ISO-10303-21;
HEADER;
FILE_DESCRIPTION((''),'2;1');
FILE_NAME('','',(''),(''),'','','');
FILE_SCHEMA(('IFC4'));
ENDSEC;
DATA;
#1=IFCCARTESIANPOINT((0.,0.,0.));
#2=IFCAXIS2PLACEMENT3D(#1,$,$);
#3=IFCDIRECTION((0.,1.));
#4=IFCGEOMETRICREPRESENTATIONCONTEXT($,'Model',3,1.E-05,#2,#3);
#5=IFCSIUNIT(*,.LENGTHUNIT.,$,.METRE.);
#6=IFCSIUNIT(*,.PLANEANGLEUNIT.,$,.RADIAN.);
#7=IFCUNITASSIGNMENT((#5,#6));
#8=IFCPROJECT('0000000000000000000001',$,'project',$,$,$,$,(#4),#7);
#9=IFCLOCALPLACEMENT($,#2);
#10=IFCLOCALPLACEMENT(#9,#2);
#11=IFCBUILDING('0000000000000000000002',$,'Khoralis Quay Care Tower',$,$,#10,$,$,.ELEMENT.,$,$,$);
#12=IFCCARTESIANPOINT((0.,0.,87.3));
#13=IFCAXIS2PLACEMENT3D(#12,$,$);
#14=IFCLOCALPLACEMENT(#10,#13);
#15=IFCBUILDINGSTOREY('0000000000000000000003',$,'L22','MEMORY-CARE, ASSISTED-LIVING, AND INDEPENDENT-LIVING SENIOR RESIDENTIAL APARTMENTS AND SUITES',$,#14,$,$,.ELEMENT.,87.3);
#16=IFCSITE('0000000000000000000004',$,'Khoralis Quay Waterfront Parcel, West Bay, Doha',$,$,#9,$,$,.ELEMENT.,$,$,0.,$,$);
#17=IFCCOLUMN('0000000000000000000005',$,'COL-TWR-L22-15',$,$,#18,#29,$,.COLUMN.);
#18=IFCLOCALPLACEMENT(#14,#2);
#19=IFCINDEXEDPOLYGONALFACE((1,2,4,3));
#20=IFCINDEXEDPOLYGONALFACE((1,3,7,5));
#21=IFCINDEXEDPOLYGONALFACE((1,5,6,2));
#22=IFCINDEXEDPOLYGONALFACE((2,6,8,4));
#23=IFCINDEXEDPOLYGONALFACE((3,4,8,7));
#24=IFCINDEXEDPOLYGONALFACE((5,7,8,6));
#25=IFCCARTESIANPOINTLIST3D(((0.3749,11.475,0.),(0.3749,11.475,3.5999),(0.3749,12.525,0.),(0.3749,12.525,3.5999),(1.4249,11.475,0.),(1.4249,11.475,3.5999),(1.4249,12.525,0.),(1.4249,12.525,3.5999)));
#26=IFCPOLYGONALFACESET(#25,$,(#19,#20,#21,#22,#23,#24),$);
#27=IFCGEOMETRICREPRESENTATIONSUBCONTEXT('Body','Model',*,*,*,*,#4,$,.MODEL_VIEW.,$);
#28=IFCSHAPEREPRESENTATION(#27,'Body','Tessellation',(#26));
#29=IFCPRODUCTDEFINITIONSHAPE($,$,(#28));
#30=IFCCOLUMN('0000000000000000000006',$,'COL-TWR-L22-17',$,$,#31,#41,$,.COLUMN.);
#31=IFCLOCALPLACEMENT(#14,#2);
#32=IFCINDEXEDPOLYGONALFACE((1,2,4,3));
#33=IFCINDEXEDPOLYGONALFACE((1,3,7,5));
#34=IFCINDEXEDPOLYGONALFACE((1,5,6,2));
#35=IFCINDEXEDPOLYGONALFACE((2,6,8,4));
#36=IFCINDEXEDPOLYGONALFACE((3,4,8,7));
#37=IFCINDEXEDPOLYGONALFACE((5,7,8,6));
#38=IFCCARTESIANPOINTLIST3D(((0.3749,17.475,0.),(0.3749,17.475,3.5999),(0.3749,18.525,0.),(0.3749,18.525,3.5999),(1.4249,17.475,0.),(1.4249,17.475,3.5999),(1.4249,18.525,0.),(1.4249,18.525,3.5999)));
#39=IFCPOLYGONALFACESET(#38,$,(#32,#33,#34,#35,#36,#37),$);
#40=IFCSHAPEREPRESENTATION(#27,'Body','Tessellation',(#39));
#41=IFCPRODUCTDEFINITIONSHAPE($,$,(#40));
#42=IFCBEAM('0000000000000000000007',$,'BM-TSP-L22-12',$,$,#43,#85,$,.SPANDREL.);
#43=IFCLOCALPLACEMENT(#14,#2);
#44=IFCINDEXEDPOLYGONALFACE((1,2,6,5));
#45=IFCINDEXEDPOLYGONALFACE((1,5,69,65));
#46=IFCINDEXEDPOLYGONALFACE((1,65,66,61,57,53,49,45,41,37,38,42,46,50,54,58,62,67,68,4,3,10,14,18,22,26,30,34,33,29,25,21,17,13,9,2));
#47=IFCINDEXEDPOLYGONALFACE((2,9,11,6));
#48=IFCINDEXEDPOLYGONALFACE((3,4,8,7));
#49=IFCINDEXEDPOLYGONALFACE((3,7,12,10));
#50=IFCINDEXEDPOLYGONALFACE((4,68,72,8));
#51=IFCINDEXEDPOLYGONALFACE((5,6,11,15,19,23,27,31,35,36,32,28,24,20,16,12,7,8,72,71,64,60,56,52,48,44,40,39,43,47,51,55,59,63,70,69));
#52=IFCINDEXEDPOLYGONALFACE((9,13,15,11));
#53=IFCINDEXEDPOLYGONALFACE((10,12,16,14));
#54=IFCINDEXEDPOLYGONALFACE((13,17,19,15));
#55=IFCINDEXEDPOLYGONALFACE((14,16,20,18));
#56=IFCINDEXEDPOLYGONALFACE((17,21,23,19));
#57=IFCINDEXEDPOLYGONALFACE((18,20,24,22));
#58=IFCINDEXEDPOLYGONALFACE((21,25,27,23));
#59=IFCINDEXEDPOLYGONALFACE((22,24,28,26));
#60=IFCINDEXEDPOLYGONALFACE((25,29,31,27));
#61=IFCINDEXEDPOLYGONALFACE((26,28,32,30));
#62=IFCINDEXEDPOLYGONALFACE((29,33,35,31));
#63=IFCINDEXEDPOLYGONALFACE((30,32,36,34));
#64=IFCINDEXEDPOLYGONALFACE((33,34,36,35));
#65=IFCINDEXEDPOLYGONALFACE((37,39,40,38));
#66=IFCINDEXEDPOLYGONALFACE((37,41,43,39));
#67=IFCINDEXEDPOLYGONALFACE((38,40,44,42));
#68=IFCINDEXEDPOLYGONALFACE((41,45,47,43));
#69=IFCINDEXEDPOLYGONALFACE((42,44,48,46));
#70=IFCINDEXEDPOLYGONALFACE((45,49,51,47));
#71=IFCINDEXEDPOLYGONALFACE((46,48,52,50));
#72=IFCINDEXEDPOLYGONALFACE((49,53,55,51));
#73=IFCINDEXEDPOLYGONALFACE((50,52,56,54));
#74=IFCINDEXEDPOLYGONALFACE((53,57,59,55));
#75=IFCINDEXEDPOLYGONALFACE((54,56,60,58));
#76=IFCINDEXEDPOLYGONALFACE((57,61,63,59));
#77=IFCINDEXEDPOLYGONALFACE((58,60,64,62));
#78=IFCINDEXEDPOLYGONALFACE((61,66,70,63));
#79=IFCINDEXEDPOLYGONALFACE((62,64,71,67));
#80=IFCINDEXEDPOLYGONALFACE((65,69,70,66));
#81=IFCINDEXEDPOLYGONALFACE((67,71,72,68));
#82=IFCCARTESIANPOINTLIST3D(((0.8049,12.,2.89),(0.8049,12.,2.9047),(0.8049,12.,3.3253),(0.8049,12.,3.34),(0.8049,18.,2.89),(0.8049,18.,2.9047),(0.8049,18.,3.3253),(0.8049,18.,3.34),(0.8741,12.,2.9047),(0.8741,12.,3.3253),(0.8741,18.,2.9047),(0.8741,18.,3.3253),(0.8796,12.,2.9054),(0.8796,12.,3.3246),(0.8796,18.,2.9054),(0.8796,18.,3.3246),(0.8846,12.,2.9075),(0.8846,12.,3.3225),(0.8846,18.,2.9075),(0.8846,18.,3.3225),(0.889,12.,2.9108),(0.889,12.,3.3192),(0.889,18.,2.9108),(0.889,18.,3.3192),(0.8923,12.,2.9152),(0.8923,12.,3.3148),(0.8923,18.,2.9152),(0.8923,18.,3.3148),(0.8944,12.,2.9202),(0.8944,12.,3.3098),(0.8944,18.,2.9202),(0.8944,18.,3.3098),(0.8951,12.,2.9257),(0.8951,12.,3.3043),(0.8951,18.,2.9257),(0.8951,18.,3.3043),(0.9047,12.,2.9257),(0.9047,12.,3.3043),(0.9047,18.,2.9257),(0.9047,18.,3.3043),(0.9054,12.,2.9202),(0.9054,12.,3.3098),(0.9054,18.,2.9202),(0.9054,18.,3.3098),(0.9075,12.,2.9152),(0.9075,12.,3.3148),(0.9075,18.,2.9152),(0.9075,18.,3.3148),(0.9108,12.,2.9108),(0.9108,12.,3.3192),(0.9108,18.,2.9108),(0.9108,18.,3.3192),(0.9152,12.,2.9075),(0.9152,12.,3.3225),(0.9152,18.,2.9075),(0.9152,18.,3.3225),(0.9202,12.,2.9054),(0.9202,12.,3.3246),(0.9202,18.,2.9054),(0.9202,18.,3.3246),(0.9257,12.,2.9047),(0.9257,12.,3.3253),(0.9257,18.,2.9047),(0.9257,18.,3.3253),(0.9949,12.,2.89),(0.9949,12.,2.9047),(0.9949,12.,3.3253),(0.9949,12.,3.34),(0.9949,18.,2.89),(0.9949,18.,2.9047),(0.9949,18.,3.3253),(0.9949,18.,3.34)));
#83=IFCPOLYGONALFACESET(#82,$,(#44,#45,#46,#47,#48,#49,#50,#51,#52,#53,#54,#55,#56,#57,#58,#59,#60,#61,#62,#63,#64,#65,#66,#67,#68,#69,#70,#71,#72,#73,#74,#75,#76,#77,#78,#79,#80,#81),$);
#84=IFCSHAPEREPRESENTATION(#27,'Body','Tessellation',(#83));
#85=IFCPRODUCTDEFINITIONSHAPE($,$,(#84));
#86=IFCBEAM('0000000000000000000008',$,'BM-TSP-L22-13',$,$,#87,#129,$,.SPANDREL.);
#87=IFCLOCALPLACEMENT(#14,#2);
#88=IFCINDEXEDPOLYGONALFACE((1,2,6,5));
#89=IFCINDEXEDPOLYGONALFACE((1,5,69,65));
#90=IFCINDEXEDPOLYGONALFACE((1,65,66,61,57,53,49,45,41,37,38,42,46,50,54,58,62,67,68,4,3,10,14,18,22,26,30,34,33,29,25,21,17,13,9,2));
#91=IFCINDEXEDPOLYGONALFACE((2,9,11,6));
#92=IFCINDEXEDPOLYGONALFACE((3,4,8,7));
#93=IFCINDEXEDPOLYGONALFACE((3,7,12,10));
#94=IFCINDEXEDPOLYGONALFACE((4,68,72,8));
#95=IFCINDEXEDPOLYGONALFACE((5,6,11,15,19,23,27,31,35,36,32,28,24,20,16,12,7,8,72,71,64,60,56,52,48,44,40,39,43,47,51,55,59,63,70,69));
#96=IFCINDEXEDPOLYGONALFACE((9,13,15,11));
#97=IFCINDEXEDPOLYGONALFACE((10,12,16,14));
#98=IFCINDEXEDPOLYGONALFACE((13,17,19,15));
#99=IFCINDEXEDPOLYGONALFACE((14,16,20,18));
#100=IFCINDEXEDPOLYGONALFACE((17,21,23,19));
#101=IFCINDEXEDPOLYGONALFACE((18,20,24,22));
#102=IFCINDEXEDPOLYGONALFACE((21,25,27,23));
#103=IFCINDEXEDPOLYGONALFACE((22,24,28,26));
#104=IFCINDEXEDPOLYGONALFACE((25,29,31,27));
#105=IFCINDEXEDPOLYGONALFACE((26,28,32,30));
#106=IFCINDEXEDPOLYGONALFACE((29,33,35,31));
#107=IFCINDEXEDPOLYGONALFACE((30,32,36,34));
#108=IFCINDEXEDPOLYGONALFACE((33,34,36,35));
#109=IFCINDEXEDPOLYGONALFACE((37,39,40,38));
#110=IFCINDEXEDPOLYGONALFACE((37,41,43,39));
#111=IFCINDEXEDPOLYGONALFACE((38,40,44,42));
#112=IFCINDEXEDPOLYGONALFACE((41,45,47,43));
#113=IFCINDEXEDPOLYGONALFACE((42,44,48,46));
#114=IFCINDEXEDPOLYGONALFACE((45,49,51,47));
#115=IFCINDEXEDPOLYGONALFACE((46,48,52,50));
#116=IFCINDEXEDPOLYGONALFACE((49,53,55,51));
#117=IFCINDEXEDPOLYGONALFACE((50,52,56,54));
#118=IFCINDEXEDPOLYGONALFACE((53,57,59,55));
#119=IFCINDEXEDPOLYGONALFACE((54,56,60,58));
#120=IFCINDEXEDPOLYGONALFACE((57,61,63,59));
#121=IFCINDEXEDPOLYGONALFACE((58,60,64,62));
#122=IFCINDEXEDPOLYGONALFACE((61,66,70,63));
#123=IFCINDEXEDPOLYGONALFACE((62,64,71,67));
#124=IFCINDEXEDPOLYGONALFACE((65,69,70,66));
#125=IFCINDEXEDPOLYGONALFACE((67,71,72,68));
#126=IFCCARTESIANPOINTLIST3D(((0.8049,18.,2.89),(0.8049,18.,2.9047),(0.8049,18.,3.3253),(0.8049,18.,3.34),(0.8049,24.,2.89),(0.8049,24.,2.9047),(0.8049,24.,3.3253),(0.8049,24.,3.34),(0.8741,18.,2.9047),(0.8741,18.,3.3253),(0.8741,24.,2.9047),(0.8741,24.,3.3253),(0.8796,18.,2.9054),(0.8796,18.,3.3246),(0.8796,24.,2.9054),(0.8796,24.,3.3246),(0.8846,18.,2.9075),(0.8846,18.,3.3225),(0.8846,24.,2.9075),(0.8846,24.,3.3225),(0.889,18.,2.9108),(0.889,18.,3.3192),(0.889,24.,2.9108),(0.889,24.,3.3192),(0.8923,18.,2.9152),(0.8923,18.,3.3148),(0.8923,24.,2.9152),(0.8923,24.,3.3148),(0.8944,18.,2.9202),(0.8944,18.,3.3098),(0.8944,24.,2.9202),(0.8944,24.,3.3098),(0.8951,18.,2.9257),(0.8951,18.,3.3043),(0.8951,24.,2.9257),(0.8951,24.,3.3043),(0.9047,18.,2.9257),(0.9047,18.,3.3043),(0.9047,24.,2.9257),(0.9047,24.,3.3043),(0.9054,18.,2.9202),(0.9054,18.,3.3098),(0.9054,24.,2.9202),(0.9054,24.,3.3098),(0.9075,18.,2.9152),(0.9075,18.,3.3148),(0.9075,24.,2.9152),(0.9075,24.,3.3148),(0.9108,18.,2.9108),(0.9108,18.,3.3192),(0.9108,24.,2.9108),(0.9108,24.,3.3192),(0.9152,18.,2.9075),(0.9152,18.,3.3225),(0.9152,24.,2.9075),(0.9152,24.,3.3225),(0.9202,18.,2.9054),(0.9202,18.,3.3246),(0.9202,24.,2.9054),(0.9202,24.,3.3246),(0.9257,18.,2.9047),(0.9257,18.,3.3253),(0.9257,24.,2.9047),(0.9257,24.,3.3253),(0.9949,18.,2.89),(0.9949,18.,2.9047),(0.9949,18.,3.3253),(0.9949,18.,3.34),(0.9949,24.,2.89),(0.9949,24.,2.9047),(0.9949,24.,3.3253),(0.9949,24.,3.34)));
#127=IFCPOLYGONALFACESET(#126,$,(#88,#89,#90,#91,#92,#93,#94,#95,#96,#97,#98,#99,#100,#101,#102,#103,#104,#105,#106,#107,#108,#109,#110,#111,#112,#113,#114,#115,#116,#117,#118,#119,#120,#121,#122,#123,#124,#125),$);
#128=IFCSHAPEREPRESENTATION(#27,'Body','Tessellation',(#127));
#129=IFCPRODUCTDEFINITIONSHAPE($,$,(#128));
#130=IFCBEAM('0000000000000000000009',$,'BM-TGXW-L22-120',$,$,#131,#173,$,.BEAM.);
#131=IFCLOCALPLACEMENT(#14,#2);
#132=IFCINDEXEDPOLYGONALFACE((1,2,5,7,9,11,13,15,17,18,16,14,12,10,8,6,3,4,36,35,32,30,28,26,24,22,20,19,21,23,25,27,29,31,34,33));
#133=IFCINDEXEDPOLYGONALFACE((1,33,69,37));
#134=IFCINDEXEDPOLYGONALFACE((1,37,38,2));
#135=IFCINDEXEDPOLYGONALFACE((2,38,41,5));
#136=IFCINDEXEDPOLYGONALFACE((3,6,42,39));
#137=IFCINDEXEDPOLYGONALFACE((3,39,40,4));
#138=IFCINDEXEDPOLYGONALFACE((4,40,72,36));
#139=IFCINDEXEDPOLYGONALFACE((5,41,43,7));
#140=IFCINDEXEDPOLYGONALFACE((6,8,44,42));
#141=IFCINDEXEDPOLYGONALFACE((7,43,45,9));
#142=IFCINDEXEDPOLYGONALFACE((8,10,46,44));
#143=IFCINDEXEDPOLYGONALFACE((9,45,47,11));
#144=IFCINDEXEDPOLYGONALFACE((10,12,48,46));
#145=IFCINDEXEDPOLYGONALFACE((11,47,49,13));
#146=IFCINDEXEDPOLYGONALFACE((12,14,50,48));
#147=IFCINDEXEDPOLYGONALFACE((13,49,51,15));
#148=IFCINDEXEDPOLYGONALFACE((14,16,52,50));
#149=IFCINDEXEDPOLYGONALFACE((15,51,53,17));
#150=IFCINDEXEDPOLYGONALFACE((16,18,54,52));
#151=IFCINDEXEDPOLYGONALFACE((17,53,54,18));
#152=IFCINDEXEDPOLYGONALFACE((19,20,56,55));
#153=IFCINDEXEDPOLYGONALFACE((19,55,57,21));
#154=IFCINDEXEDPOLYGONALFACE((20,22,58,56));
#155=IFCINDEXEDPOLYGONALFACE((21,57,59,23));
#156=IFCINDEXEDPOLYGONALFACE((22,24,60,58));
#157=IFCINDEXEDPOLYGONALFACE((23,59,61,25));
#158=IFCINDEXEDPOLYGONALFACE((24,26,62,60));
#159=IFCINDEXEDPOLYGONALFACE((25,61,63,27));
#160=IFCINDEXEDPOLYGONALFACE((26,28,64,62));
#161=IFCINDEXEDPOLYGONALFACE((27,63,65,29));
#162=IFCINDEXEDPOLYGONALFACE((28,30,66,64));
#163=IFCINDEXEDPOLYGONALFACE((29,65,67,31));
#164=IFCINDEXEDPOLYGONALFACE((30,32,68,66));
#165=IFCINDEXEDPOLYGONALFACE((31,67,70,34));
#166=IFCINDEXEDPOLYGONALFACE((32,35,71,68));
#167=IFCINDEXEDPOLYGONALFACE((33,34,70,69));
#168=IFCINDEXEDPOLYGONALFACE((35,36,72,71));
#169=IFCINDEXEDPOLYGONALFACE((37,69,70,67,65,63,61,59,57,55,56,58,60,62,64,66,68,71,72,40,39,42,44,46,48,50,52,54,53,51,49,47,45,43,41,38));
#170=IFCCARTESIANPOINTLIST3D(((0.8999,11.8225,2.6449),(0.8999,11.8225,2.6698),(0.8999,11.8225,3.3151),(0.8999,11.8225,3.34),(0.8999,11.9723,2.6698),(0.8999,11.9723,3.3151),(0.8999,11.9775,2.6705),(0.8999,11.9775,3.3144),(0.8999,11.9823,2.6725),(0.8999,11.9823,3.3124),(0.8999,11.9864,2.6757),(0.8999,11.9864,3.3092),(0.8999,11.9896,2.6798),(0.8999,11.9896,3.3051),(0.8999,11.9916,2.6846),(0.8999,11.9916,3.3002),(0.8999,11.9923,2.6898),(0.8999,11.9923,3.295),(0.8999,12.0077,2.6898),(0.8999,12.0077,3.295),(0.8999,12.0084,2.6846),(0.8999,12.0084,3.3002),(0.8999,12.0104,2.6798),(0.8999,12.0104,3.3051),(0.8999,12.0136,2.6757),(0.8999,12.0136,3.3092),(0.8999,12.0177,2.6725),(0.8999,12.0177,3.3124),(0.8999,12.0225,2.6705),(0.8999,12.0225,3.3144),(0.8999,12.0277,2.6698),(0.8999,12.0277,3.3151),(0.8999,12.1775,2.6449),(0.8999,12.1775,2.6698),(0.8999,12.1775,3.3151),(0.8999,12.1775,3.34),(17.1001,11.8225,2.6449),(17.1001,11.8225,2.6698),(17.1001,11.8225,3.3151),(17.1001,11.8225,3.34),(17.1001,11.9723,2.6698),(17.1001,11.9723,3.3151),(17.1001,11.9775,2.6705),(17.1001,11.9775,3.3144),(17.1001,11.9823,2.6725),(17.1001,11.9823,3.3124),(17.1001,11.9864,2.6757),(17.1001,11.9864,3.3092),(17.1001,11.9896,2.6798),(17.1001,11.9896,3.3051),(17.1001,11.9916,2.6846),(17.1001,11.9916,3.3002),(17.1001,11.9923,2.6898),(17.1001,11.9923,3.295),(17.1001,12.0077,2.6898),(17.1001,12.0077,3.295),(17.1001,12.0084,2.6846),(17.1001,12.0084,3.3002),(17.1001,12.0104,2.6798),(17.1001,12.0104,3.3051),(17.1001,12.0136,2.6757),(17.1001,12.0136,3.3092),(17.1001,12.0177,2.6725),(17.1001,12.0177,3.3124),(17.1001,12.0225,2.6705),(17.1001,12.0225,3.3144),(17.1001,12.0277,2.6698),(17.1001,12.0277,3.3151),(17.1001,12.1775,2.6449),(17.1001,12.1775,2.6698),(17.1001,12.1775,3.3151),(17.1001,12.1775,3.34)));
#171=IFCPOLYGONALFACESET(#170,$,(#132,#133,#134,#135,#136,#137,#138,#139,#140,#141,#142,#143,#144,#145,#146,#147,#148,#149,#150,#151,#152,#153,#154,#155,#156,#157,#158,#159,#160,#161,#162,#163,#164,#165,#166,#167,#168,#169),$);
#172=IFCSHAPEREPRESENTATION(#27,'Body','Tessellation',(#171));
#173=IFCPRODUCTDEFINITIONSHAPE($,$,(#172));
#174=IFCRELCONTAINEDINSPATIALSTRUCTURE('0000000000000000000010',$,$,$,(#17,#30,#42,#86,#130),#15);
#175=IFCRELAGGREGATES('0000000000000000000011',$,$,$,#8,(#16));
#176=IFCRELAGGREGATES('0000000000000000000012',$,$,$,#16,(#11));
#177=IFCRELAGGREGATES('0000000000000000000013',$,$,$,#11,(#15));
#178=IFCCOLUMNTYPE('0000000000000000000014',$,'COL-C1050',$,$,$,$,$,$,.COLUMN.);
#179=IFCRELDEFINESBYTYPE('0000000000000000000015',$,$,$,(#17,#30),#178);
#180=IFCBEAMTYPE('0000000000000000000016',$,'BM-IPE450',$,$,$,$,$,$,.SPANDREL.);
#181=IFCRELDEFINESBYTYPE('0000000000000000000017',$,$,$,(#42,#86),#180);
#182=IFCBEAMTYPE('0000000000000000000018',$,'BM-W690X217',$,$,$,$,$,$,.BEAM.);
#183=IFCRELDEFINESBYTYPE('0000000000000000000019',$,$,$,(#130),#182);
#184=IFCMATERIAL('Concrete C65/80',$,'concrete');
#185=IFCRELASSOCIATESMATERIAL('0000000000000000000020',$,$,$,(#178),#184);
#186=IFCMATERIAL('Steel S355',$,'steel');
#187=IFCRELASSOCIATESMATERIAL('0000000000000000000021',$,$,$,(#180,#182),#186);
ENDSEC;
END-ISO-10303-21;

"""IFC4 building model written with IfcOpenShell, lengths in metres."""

from ifc_helpers import new_model, si_unit, direction, frame, origin, origin_2d, place, context, subcontext, project, spatial, rectangle, i_section, extrude, source, transform, mapped, material, material_profile, profile_set, type_object, element, save


model = new_model("IFC4")

# Units and contexts
model_context = context("Model", 3, precision=1e-05, world=origin(), true_north=direction((0.0, 1.0)))
body_context = subcontext(model_context, "Body", "Model", "MODEL_VIEW")
ifc_project = project(units=[si_unit("LENGTHUNIT", "METRE"), si_unit("PLANEANGLEUNIT", "RADIAN")], contexts=[model_context])

# Site, building, storey
site_placement = place(None, origin())
site = spatial("IfcSite", under=ifc_project, at=site_placement, Name="Khoralis Quay Waterfront Parcel, West Bay, Doha", CompositionType="ELEMENT", RefElevation=0.0)
building_placement = place(site_placement, origin())
building = spatial("IfcBuilding", under=site, at=building_placement, Name="Khoralis Quay Care Tower", CompositionType="ELEMENT")
storey_placement = place(building_placement, frame((0.0, 0.0, 87.3)))
storey = spatial("IfcBuildingStorey", under=building, at=storey_placement, Name="L22", Description="MEMORY-CARE, ASSISTED-LIVING, AND INDEPENDENT-LIVING SENIOR RESIDENTIAL APARTMENTS AND SUITES", CompositionType="ELEMENT", Elevation=87.3)

# Columns
ifc_material_1 = material(Name="Concrete C65/80", Category="concrete")
ifc_material_profile_1 = material_profile(ifc_material_1, rectangle(XDim=1.05, YDim=1.05, at=origin_2d()), Name="Concrete C65/80")
ifc_profile_set_1 = profile_set([ifc_material_profile_1], Name="Concrete C65/80")
column_type = type_object("IfcColumnType", Name="COL-C1050", PredefinedType="COLUMN", material=ifc_profile_set_1)
shared_shape_1 = source(origin(), body_context, "Body", "SweptSolid", [
    extrude(rectangle(XDim=1.05, YDim=1.05, at=origin_2d()), origin(), (0.0, 0.0, 1.0), 3.5999),
])
for number, where, z_axis, x_axis, name in (
    (1, (0.8999, 12.0, 0.0), (0.0, 0.0, 1.0), (1.0, 0.0, 0.0), "COL-TWR-L22-15"),
    (2, (0.8999, 18.0, 0.0), (0.0, 0.0, 1.0), (1.0, 0.0, 0.0), "COL-TWR-L22-17"),
):
    element("IfcColumn", number, at=place(storey_placement, frame(where, z_axis=z_axis, x_axis=x_axis)), inside=storey, type_object=column_type, Name=name, PredefinedType="COLUMN", context=body_context, shape_type="MappedRepresentation", body=[
        mapped(shared_shape_1, transform((0.0, 0.0, 0.0), scale=1.0)),
    ])

# Beams
ifc_material_2 = material(Name="Steel S355", Category="steel")
ifc_material_profile_2 = material_profile(ifc_material_2, i_section(OverallWidth=0.1899, OverallDepth=0.45, WebThickness=0.0095, FlangeThickness=0.0146, FilletRadius=0.021, at=origin_2d()), Name="Steel S355")
ifc_profile_set_2 = profile_set([ifc_material_profile_2], Name="Steel S355")
beam_type_1 = type_object("IfcBeamType", Name="BM-IPE450", PredefinedType="SPANDREL", material=ifc_profile_set_2)
shared_shape_2 = source(origin(), body_context, "Body", "SweptSolid", [
    extrude(i_section(OverallWidth=0.1899, OverallDepth=0.45, WebThickness=0.0095, FlangeThickness=0.0146, FilletRadius=0.021, at=origin_2d()), origin(), (0.0, 0.0, 1.0), 6.0),
])
for number, where, z_axis, x_axis, name in (
    (3, (0.8999, 12.0, 3.115), (0.0, 1.0, 0.0), (-1.0, 0.0, 0.0), "BM-TSP-L22-12"),
    (4, (0.8999, 18.0, 3.115), (0.0, 1.0, 0.0), (-1.0, 0.0, 0.0), "BM-TSP-L22-13"),
):
    element("IfcBeam", number, at=place(storey_placement, frame(where, z_axis=z_axis, x_axis=x_axis)), inside=storey, type_object=beam_type_1, Name=name, PredefinedType="SPANDREL", context=body_context, shape_type="MappedRepresentation", body=[
        mapped(shared_shape_2, transform((0.0, 0.0, 0.0), scale=1.0)),
    ])
ifc_material_profile_3 = material_profile(ifc_material_2, i_section(OverallWidth=0.355, OverallDepth=0.6951, WebThickness=0.0154, FlangeThickness=0.0249, FilletRadius=0.02, at=origin_2d()), Name="Steel S355")
ifc_profile_set_3 = profile_set([ifc_material_profile_3], Name="Steel S355")
beam_type_2 = type_object("IfcBeamType", Name="BM-W690X217", PredefinedType="BEAM", material=ifc_profile_set_3)
shared_shape_3 = source(origin(), body_context, "Body", "SweptSolid", [
    extrude(i_section(OverallWidth=0.355, OverallDepth=0.6951, WebThickness=0.0154, FlangeThickness=0.0249, FilletRadius=0.02, at=origin_2d()), origin(), (0.0, 0.0, 1.0), 16.2002),
])
beam_1_placement = place(storey_placement, frame((0.8999, 12.0, 2.9924), z_axis=(1.0, 0.0, 0.0), x_axis=(0.0, 1.0, 0.0)))
element("IfcBeam", 5, at=beam_1_placement, inside=storey, type_object=beam_type_2, Name="BM-TGXW-L22-120", PredefinedType="BEAM", context=body_context, shape_type="MappedRepresentation", body=[
    mapped(shared_shape_3, transform((0.0, 0.0, 0.0), scale=1.0)),
])

save(model, "model.ifc")
